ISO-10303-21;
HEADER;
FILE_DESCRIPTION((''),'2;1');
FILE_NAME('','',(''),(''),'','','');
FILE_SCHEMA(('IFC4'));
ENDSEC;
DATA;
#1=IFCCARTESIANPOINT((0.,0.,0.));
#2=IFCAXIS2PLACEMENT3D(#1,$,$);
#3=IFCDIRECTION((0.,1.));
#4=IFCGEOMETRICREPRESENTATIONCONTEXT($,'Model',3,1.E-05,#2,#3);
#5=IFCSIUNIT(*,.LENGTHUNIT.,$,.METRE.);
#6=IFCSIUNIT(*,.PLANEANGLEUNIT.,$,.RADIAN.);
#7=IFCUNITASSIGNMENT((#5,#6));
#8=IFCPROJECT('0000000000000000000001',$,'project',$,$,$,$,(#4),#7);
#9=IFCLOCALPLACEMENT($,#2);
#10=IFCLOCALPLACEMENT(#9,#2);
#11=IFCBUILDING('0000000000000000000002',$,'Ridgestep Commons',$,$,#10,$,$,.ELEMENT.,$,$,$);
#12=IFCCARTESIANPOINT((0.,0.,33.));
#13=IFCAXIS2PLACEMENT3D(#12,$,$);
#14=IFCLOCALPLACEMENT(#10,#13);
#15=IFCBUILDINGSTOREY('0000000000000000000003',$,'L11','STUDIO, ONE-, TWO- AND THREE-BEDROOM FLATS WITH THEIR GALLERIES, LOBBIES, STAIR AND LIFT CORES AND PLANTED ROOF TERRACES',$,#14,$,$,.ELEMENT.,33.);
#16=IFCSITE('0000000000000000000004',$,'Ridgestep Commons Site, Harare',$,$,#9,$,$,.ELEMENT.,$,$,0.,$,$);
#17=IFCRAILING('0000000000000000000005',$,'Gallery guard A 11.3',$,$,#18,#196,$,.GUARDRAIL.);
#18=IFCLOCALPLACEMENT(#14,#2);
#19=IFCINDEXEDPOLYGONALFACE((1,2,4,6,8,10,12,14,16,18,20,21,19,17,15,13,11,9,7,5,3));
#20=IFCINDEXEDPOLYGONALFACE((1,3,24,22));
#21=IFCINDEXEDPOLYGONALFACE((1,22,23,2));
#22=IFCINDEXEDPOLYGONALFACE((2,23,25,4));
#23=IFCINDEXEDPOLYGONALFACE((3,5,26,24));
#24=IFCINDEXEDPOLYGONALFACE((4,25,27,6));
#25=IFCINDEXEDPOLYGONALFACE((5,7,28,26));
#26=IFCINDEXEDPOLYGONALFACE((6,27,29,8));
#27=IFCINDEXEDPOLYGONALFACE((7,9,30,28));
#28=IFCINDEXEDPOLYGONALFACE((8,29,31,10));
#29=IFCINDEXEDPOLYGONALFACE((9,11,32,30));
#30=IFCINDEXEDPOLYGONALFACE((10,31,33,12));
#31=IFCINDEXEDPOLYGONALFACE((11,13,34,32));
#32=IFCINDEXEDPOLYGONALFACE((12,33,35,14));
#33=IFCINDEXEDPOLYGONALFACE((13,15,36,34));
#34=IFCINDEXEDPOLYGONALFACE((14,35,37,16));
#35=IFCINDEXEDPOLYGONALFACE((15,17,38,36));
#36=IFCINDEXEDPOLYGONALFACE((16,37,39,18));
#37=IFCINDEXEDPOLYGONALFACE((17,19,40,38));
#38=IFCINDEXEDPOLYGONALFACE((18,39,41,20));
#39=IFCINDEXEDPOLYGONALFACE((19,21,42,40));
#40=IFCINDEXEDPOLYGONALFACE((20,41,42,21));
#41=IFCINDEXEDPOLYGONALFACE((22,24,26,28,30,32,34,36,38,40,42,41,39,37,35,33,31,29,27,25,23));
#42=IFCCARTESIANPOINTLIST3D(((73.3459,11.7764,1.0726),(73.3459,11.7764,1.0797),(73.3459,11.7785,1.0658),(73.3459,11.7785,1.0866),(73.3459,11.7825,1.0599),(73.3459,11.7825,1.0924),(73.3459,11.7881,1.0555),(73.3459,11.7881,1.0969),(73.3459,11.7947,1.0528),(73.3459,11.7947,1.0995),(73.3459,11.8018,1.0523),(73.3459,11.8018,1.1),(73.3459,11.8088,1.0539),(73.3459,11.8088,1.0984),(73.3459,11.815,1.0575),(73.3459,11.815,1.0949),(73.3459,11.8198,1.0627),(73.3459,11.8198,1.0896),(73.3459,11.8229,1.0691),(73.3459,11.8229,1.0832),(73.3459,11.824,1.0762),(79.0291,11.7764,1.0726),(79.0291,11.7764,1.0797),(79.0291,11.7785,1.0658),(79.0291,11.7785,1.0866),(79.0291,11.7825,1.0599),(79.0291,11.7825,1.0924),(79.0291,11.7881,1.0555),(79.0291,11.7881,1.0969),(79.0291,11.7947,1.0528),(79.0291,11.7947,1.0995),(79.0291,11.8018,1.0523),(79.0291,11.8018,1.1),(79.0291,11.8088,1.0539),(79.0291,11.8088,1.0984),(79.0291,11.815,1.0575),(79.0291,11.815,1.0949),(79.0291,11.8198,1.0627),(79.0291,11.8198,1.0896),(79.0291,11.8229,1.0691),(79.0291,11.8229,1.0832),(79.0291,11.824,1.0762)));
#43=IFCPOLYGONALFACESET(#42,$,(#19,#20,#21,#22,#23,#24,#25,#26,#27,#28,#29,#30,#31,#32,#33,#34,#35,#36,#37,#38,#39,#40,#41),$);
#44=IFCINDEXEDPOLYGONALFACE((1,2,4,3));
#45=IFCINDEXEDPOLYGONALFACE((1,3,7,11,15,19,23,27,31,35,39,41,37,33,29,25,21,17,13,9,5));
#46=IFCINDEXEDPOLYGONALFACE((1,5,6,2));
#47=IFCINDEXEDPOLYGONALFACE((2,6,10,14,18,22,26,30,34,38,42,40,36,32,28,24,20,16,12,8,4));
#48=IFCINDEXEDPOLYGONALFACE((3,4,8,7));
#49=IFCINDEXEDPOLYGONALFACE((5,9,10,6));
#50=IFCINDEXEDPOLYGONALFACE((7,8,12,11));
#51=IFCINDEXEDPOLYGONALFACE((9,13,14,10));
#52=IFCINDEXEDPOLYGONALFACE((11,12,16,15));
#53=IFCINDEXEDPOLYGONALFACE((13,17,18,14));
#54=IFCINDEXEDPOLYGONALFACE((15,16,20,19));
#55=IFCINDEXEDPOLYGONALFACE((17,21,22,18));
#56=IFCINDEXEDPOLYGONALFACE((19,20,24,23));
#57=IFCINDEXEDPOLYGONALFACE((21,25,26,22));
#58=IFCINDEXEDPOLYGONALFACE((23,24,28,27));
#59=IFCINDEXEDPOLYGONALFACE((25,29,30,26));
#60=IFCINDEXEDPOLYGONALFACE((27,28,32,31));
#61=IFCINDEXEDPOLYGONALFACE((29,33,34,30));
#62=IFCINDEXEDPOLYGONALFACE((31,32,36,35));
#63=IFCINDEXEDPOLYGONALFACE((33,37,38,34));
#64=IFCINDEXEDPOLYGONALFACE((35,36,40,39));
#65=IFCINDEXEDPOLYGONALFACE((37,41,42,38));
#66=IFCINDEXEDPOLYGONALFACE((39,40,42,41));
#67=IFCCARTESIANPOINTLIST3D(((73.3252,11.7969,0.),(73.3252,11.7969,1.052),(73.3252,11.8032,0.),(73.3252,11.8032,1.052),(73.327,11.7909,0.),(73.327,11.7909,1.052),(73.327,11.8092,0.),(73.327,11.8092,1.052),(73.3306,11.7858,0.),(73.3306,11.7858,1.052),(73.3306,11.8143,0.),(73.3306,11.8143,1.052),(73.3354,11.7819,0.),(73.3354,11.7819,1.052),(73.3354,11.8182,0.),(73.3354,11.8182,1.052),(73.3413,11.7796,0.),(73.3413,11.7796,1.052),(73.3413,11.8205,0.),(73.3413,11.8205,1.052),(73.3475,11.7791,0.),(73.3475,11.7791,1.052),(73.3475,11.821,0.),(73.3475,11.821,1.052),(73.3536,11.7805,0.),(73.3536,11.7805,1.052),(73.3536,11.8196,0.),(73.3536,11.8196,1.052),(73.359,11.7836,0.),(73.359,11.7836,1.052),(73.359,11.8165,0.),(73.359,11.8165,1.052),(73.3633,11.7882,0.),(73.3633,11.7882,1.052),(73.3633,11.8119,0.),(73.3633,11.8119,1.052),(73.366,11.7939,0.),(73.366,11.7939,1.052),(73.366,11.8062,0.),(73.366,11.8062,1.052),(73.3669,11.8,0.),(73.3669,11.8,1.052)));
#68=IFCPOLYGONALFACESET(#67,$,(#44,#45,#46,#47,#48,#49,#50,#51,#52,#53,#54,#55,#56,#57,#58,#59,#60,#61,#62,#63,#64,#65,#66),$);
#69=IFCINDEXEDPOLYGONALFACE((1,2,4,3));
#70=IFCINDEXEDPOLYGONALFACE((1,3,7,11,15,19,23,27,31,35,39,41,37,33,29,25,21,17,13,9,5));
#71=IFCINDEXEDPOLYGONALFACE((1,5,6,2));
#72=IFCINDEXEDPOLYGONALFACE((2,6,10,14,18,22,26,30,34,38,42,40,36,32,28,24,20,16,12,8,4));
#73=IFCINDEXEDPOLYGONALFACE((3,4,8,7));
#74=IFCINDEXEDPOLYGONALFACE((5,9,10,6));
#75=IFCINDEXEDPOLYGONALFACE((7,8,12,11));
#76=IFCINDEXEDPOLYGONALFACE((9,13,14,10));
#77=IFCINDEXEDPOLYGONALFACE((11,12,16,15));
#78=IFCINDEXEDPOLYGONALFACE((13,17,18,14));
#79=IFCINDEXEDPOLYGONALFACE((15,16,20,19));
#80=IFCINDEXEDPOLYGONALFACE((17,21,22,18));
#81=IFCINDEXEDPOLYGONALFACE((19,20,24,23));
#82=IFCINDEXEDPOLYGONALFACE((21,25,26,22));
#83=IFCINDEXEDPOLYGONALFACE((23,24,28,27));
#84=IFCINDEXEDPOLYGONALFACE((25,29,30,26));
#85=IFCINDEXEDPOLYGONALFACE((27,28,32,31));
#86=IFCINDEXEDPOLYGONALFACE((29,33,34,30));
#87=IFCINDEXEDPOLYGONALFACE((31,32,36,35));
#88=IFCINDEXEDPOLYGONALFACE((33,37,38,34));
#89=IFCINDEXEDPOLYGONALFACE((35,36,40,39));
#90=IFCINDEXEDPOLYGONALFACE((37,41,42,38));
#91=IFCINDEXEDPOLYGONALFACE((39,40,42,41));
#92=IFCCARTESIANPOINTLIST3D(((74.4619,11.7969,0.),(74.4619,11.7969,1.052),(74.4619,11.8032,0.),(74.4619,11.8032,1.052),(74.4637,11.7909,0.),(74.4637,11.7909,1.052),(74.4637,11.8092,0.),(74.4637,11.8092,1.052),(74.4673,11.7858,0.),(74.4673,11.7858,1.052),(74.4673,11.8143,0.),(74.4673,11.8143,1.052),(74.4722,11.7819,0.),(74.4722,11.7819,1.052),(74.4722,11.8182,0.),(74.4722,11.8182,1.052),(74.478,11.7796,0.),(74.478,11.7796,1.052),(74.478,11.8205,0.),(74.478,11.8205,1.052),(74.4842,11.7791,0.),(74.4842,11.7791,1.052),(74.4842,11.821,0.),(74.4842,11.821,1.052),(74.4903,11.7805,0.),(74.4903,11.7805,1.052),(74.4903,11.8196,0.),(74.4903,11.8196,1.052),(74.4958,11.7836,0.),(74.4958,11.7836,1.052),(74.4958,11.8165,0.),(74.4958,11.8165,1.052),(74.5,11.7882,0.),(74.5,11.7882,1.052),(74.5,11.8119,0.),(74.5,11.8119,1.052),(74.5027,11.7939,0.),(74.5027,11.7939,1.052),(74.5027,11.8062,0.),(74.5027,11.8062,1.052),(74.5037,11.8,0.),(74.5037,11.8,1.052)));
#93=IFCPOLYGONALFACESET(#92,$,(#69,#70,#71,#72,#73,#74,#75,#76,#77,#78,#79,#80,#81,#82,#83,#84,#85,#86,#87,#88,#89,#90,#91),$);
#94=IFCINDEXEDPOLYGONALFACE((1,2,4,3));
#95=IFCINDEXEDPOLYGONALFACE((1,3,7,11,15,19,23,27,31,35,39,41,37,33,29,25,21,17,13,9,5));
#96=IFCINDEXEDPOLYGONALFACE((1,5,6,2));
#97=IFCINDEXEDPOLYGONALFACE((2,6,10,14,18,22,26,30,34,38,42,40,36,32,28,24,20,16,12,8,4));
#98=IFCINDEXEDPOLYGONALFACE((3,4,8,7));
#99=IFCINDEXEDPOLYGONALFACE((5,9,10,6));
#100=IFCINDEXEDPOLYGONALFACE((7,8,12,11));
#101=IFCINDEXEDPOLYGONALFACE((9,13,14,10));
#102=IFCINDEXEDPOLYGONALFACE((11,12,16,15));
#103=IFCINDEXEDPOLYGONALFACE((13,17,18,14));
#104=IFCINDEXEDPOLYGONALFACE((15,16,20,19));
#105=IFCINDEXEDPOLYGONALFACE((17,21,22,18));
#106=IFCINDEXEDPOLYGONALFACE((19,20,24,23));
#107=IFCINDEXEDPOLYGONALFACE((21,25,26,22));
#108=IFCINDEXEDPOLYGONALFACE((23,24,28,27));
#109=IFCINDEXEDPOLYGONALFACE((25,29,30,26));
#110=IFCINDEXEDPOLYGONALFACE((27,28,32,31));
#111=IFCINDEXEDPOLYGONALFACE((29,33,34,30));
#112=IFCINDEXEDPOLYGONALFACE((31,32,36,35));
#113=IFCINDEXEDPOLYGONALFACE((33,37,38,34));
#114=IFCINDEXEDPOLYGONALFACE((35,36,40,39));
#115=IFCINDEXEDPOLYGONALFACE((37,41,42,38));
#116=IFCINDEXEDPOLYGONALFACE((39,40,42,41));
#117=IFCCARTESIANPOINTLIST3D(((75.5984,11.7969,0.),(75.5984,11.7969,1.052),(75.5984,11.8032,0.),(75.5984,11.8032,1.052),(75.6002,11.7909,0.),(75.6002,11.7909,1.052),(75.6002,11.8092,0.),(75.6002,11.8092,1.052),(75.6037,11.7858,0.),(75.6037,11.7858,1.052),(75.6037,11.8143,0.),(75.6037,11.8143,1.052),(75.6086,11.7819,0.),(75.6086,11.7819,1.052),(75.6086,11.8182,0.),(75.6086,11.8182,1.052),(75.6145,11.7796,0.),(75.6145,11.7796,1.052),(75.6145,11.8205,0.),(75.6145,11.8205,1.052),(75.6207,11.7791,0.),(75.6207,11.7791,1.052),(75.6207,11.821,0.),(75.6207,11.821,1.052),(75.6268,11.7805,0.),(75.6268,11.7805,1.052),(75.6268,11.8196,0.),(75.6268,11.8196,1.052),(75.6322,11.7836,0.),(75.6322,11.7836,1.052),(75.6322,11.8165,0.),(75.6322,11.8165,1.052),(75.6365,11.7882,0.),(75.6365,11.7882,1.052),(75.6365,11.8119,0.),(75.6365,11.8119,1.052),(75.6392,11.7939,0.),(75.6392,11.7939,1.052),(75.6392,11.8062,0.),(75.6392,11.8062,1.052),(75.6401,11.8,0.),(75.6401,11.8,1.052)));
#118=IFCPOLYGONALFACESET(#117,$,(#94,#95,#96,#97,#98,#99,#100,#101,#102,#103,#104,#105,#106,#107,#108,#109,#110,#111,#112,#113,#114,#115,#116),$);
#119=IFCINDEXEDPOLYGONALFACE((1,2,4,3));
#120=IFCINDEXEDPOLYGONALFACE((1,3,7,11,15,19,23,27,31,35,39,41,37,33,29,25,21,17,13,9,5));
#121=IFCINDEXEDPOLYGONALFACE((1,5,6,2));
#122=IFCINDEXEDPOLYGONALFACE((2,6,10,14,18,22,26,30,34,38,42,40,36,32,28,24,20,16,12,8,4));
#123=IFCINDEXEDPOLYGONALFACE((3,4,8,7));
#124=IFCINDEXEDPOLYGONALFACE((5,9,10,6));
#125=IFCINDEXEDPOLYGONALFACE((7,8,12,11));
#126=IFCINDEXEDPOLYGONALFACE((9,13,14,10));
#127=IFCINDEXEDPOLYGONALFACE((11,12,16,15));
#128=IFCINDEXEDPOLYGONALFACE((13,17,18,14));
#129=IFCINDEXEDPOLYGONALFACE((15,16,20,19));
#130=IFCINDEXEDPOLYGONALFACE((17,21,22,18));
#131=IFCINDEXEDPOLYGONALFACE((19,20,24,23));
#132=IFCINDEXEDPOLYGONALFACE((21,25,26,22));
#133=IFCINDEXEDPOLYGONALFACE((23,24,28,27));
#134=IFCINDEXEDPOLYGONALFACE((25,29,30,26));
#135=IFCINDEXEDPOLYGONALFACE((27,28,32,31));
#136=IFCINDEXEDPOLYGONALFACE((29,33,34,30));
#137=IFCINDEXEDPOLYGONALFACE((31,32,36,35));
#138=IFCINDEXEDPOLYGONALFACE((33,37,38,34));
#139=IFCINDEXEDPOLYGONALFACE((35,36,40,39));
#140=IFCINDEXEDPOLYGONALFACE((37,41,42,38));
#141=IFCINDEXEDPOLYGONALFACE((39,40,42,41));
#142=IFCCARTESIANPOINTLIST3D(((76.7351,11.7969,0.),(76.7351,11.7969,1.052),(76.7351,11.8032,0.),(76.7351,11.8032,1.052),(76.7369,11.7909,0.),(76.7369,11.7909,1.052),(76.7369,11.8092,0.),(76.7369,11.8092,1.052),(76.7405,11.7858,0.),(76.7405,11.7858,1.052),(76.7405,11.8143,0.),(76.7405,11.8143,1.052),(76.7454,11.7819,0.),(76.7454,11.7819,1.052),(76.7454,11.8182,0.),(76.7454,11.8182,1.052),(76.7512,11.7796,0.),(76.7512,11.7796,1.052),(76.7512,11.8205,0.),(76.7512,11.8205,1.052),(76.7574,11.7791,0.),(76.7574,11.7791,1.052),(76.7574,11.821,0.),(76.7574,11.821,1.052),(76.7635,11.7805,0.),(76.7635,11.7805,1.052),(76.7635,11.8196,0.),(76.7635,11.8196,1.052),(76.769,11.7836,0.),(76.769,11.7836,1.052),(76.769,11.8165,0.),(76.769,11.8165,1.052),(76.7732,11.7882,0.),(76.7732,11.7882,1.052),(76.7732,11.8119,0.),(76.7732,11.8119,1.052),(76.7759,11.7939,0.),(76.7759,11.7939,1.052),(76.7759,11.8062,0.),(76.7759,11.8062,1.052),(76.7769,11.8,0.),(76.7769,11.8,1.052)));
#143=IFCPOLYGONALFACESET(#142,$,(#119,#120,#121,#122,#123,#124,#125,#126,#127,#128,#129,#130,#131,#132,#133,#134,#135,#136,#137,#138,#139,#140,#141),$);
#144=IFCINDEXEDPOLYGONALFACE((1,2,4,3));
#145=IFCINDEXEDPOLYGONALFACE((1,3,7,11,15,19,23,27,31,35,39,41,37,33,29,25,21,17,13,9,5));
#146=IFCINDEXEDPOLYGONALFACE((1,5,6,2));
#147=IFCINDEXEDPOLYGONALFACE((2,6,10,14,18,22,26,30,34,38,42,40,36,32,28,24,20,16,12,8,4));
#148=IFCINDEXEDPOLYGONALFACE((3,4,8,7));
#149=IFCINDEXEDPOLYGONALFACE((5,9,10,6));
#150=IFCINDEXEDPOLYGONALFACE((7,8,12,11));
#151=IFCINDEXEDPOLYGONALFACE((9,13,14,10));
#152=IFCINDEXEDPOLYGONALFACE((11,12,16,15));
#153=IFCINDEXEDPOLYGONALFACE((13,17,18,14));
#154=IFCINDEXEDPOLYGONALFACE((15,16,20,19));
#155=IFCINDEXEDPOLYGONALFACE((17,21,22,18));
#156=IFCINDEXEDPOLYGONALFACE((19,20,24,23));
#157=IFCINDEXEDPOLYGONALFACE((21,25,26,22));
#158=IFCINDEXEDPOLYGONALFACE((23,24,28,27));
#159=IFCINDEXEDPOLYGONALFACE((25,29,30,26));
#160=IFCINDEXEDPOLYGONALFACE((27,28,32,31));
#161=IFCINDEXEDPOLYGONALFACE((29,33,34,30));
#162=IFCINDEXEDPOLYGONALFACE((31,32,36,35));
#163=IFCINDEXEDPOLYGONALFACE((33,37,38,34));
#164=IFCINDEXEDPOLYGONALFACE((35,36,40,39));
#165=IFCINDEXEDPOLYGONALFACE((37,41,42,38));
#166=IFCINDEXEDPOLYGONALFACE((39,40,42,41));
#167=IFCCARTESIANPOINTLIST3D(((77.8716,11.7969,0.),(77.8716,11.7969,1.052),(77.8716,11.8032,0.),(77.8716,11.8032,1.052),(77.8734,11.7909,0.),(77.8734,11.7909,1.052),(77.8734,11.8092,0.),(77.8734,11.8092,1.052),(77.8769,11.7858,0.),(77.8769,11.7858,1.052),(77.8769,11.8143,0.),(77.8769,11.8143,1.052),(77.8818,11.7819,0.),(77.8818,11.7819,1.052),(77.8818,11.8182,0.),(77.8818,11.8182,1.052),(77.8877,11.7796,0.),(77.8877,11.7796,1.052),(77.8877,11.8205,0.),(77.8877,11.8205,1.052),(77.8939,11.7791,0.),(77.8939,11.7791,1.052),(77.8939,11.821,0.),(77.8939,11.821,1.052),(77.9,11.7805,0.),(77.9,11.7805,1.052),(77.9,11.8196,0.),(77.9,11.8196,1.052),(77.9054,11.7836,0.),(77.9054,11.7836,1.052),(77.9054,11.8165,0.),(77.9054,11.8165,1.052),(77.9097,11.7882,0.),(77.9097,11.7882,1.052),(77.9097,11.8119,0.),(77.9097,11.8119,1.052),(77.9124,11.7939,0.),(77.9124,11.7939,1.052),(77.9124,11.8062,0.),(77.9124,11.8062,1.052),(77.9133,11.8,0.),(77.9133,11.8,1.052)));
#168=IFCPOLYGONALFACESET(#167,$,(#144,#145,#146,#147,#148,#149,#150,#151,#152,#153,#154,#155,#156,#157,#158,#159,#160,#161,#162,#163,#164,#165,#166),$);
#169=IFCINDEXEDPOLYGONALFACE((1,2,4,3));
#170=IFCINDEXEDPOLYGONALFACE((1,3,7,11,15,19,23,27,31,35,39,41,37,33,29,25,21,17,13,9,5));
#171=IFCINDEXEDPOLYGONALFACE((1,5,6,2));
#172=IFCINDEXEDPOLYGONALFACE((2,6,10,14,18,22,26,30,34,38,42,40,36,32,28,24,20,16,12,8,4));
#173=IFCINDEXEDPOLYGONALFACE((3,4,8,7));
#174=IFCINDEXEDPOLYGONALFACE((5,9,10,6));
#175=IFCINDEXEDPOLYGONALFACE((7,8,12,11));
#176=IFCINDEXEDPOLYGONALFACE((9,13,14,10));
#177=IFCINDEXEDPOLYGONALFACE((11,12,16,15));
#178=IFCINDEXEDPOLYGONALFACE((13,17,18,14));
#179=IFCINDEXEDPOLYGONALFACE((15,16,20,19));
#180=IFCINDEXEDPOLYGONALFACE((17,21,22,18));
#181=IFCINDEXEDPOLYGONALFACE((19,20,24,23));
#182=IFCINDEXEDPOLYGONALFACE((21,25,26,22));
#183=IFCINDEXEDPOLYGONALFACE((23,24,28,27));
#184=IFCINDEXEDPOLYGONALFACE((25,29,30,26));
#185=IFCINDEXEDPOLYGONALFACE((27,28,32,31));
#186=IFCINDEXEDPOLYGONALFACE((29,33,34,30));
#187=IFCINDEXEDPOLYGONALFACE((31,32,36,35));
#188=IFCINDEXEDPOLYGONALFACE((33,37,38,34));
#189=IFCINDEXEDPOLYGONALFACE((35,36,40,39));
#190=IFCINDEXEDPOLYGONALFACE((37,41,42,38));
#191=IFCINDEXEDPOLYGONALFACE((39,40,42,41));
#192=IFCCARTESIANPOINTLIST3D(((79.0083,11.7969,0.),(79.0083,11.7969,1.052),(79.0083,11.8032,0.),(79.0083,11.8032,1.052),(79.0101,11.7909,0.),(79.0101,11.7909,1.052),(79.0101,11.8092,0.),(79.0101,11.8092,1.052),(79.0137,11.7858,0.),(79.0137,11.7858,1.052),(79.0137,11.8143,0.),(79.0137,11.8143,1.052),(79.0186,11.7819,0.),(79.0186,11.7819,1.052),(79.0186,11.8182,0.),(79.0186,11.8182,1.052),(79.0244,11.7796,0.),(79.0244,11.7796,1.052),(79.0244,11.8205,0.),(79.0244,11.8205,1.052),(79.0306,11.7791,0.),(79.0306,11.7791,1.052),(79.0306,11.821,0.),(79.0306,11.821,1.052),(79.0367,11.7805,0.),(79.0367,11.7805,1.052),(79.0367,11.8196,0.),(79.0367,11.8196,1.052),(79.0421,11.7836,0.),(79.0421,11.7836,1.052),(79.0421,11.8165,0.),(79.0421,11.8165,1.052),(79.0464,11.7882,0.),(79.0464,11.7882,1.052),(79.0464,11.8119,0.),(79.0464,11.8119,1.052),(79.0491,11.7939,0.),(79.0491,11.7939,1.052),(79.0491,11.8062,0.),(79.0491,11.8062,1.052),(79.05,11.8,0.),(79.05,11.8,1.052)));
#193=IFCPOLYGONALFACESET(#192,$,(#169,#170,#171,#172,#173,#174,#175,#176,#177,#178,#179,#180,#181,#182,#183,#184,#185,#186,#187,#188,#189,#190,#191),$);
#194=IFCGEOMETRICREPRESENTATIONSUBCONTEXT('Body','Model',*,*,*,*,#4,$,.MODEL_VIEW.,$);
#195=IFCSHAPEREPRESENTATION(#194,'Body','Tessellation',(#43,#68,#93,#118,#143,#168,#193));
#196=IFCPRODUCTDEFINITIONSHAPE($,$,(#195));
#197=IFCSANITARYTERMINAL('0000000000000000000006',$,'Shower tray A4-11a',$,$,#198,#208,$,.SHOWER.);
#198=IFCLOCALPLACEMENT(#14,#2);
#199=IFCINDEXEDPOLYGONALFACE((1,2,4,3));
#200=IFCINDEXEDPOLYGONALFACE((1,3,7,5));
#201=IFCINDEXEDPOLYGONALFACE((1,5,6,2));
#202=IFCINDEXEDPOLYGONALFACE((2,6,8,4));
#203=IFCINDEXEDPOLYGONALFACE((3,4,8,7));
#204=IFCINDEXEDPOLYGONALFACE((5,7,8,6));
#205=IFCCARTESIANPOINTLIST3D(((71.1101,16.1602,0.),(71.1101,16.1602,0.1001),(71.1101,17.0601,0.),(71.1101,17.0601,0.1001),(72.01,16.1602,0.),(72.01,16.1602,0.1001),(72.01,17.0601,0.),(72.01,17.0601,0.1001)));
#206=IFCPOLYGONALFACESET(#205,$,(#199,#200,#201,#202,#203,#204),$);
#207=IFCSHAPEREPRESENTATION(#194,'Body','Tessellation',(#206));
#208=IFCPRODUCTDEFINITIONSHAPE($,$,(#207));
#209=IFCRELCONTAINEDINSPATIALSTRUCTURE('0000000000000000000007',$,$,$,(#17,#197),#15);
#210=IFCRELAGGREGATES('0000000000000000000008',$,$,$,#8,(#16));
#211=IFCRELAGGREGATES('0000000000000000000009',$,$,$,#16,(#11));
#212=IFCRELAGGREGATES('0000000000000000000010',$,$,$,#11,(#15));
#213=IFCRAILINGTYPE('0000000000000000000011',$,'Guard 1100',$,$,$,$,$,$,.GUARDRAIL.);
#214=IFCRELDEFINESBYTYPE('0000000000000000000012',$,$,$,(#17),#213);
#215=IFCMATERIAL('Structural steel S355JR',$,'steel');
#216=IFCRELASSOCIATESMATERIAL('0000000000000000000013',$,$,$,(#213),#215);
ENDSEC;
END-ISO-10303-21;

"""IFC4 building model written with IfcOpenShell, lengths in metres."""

from ifc_helpers import new_model, si_unit, direction, frame, origin, origin_2d, place, context, subcontext, project, spatial, rectangle, circle, extrude, material, type_object, element, save


model = new_model("IFC4")

# Units and contexts
model_context = context("Model", 3, precision=1e-05, world=origin(), true_north=direction((0.0, 1.0)))
body_context = subcontext(model_context, "Body", "Model", "MODEL_VIEW")
ifc_project = project(units=[si_unit("LENGTHUNIT", "METRE"), si_unit("PLANEANGLEUNIT", "RADIAN")], contexts=[model_context])

# Site, building, storey
site_placement = place(None, origin())
site = spatial("IfcSite", under=ifc_project, at=site_placement, Name="Ridgestep Commons Site, Harare", CompositionType="ELEMENT", RefElevation=0.0)
building_placement = place(site_placement, origin())
building = spatial("IfcBuilding", under=site, at=building_placement, Name="Ridgestep Commons", CompositionType="ELEMENT")
storey_placement = place(building_placement, frame((0.0, 0.0, 33.0)))
storey = spatial("IfcBuildingStorey", under=building, at=storey_placement, Name="L11", Description="STUDIO, ONE-, TWO- AND THREE-BEDROOM FLATS WITH THEIR GALLERIES, LOBBIES, STAIR AND LIFT CORES AND PLANTED ROOF TERRACES", CompositionType="ELEMENT", Elevation=33.0)

# Railing
ifc_material_1 = material(Name="Structural steel S355JR", Category="steel")
railing_type = type_object("IfcRailingType", Name="Guard 1100", PredefinedType="GUARDRAIL", material=ifc_material_1)
railing_1_placement = place(storey_placement, frame((73.3459, 11.8, 0.0)))
element("IfcRailing", 1, at=railing_1_placement, inside=storey, type_object=railing_type, Name="Gallery guard A 11.3", PredefinedType="GUARDRAIL", context=body_context, shape_type="SweptSolid", body=[
    extrude(circle(Radius=0.0239, at=origin_2d()), frame((0.0, 0.0, 1.0762), z_axis=(1.0, 0.0, 0.0), x_axis=(0.0, 1.0, 0.0)), (0.0, 0.0, 1.0), 5.6831),
    extrude(circle(Radius=0.021, at=origin_2d()), origin(), (0.0, 0.0, 1.0), 1.052),
    extrude(circle(Radius=0.021, at=origin_2d()), frame((1.1367, 0.0, 0.0)), (0.0, 0.0, 1.0), 1.052),
    extrude(circle(Radius=0.021, at=origin_2d()), frame((2.2732, 0.0, 0.0)), (0.0, 0.0, 1.0), 1.052),
    extrude(circle(Radius=0.021, at=origin_2d()), frame((3.4099, 0.0, 0.0)), (0.0, 0.0, 1.0), 1.052),
    extrude(circle(Radius=0.021, at=origin_2d()), frame((4.5464, 0.0, 0.0)), (0.0, 0.0, 1.0), 1.052),
    extrude(circle(Radius=0.021, at=origin_2d()), frame((5.6831, 0.0, 0.0)), (0.0, 0.0, 1.0), 1.052),
])

# Sanitary terminal
sanitary_terminal_1_placement = place(storey_placement, frame((71.5601, 16.6101, 0.0), z_axis=(0.0, 0.0, 1.0), x_axis=(1.0, 0.0, 0.0)))
element("IfcSanitaryTerminal", 2, at=sanitary_terminal_1_placement, inside=storey, Name="Shower tray A4-11a", PredefinedType="SHOWER", context=body_context, shape_type="SweptSolid", body=[
    extrude(rectangle(XDim=0.8999, YDim=0.8999, at=origin_2d()), origin(), (0.0, 0.0, 1.0), 0.1001),
])

save(model, "model.ifc")
